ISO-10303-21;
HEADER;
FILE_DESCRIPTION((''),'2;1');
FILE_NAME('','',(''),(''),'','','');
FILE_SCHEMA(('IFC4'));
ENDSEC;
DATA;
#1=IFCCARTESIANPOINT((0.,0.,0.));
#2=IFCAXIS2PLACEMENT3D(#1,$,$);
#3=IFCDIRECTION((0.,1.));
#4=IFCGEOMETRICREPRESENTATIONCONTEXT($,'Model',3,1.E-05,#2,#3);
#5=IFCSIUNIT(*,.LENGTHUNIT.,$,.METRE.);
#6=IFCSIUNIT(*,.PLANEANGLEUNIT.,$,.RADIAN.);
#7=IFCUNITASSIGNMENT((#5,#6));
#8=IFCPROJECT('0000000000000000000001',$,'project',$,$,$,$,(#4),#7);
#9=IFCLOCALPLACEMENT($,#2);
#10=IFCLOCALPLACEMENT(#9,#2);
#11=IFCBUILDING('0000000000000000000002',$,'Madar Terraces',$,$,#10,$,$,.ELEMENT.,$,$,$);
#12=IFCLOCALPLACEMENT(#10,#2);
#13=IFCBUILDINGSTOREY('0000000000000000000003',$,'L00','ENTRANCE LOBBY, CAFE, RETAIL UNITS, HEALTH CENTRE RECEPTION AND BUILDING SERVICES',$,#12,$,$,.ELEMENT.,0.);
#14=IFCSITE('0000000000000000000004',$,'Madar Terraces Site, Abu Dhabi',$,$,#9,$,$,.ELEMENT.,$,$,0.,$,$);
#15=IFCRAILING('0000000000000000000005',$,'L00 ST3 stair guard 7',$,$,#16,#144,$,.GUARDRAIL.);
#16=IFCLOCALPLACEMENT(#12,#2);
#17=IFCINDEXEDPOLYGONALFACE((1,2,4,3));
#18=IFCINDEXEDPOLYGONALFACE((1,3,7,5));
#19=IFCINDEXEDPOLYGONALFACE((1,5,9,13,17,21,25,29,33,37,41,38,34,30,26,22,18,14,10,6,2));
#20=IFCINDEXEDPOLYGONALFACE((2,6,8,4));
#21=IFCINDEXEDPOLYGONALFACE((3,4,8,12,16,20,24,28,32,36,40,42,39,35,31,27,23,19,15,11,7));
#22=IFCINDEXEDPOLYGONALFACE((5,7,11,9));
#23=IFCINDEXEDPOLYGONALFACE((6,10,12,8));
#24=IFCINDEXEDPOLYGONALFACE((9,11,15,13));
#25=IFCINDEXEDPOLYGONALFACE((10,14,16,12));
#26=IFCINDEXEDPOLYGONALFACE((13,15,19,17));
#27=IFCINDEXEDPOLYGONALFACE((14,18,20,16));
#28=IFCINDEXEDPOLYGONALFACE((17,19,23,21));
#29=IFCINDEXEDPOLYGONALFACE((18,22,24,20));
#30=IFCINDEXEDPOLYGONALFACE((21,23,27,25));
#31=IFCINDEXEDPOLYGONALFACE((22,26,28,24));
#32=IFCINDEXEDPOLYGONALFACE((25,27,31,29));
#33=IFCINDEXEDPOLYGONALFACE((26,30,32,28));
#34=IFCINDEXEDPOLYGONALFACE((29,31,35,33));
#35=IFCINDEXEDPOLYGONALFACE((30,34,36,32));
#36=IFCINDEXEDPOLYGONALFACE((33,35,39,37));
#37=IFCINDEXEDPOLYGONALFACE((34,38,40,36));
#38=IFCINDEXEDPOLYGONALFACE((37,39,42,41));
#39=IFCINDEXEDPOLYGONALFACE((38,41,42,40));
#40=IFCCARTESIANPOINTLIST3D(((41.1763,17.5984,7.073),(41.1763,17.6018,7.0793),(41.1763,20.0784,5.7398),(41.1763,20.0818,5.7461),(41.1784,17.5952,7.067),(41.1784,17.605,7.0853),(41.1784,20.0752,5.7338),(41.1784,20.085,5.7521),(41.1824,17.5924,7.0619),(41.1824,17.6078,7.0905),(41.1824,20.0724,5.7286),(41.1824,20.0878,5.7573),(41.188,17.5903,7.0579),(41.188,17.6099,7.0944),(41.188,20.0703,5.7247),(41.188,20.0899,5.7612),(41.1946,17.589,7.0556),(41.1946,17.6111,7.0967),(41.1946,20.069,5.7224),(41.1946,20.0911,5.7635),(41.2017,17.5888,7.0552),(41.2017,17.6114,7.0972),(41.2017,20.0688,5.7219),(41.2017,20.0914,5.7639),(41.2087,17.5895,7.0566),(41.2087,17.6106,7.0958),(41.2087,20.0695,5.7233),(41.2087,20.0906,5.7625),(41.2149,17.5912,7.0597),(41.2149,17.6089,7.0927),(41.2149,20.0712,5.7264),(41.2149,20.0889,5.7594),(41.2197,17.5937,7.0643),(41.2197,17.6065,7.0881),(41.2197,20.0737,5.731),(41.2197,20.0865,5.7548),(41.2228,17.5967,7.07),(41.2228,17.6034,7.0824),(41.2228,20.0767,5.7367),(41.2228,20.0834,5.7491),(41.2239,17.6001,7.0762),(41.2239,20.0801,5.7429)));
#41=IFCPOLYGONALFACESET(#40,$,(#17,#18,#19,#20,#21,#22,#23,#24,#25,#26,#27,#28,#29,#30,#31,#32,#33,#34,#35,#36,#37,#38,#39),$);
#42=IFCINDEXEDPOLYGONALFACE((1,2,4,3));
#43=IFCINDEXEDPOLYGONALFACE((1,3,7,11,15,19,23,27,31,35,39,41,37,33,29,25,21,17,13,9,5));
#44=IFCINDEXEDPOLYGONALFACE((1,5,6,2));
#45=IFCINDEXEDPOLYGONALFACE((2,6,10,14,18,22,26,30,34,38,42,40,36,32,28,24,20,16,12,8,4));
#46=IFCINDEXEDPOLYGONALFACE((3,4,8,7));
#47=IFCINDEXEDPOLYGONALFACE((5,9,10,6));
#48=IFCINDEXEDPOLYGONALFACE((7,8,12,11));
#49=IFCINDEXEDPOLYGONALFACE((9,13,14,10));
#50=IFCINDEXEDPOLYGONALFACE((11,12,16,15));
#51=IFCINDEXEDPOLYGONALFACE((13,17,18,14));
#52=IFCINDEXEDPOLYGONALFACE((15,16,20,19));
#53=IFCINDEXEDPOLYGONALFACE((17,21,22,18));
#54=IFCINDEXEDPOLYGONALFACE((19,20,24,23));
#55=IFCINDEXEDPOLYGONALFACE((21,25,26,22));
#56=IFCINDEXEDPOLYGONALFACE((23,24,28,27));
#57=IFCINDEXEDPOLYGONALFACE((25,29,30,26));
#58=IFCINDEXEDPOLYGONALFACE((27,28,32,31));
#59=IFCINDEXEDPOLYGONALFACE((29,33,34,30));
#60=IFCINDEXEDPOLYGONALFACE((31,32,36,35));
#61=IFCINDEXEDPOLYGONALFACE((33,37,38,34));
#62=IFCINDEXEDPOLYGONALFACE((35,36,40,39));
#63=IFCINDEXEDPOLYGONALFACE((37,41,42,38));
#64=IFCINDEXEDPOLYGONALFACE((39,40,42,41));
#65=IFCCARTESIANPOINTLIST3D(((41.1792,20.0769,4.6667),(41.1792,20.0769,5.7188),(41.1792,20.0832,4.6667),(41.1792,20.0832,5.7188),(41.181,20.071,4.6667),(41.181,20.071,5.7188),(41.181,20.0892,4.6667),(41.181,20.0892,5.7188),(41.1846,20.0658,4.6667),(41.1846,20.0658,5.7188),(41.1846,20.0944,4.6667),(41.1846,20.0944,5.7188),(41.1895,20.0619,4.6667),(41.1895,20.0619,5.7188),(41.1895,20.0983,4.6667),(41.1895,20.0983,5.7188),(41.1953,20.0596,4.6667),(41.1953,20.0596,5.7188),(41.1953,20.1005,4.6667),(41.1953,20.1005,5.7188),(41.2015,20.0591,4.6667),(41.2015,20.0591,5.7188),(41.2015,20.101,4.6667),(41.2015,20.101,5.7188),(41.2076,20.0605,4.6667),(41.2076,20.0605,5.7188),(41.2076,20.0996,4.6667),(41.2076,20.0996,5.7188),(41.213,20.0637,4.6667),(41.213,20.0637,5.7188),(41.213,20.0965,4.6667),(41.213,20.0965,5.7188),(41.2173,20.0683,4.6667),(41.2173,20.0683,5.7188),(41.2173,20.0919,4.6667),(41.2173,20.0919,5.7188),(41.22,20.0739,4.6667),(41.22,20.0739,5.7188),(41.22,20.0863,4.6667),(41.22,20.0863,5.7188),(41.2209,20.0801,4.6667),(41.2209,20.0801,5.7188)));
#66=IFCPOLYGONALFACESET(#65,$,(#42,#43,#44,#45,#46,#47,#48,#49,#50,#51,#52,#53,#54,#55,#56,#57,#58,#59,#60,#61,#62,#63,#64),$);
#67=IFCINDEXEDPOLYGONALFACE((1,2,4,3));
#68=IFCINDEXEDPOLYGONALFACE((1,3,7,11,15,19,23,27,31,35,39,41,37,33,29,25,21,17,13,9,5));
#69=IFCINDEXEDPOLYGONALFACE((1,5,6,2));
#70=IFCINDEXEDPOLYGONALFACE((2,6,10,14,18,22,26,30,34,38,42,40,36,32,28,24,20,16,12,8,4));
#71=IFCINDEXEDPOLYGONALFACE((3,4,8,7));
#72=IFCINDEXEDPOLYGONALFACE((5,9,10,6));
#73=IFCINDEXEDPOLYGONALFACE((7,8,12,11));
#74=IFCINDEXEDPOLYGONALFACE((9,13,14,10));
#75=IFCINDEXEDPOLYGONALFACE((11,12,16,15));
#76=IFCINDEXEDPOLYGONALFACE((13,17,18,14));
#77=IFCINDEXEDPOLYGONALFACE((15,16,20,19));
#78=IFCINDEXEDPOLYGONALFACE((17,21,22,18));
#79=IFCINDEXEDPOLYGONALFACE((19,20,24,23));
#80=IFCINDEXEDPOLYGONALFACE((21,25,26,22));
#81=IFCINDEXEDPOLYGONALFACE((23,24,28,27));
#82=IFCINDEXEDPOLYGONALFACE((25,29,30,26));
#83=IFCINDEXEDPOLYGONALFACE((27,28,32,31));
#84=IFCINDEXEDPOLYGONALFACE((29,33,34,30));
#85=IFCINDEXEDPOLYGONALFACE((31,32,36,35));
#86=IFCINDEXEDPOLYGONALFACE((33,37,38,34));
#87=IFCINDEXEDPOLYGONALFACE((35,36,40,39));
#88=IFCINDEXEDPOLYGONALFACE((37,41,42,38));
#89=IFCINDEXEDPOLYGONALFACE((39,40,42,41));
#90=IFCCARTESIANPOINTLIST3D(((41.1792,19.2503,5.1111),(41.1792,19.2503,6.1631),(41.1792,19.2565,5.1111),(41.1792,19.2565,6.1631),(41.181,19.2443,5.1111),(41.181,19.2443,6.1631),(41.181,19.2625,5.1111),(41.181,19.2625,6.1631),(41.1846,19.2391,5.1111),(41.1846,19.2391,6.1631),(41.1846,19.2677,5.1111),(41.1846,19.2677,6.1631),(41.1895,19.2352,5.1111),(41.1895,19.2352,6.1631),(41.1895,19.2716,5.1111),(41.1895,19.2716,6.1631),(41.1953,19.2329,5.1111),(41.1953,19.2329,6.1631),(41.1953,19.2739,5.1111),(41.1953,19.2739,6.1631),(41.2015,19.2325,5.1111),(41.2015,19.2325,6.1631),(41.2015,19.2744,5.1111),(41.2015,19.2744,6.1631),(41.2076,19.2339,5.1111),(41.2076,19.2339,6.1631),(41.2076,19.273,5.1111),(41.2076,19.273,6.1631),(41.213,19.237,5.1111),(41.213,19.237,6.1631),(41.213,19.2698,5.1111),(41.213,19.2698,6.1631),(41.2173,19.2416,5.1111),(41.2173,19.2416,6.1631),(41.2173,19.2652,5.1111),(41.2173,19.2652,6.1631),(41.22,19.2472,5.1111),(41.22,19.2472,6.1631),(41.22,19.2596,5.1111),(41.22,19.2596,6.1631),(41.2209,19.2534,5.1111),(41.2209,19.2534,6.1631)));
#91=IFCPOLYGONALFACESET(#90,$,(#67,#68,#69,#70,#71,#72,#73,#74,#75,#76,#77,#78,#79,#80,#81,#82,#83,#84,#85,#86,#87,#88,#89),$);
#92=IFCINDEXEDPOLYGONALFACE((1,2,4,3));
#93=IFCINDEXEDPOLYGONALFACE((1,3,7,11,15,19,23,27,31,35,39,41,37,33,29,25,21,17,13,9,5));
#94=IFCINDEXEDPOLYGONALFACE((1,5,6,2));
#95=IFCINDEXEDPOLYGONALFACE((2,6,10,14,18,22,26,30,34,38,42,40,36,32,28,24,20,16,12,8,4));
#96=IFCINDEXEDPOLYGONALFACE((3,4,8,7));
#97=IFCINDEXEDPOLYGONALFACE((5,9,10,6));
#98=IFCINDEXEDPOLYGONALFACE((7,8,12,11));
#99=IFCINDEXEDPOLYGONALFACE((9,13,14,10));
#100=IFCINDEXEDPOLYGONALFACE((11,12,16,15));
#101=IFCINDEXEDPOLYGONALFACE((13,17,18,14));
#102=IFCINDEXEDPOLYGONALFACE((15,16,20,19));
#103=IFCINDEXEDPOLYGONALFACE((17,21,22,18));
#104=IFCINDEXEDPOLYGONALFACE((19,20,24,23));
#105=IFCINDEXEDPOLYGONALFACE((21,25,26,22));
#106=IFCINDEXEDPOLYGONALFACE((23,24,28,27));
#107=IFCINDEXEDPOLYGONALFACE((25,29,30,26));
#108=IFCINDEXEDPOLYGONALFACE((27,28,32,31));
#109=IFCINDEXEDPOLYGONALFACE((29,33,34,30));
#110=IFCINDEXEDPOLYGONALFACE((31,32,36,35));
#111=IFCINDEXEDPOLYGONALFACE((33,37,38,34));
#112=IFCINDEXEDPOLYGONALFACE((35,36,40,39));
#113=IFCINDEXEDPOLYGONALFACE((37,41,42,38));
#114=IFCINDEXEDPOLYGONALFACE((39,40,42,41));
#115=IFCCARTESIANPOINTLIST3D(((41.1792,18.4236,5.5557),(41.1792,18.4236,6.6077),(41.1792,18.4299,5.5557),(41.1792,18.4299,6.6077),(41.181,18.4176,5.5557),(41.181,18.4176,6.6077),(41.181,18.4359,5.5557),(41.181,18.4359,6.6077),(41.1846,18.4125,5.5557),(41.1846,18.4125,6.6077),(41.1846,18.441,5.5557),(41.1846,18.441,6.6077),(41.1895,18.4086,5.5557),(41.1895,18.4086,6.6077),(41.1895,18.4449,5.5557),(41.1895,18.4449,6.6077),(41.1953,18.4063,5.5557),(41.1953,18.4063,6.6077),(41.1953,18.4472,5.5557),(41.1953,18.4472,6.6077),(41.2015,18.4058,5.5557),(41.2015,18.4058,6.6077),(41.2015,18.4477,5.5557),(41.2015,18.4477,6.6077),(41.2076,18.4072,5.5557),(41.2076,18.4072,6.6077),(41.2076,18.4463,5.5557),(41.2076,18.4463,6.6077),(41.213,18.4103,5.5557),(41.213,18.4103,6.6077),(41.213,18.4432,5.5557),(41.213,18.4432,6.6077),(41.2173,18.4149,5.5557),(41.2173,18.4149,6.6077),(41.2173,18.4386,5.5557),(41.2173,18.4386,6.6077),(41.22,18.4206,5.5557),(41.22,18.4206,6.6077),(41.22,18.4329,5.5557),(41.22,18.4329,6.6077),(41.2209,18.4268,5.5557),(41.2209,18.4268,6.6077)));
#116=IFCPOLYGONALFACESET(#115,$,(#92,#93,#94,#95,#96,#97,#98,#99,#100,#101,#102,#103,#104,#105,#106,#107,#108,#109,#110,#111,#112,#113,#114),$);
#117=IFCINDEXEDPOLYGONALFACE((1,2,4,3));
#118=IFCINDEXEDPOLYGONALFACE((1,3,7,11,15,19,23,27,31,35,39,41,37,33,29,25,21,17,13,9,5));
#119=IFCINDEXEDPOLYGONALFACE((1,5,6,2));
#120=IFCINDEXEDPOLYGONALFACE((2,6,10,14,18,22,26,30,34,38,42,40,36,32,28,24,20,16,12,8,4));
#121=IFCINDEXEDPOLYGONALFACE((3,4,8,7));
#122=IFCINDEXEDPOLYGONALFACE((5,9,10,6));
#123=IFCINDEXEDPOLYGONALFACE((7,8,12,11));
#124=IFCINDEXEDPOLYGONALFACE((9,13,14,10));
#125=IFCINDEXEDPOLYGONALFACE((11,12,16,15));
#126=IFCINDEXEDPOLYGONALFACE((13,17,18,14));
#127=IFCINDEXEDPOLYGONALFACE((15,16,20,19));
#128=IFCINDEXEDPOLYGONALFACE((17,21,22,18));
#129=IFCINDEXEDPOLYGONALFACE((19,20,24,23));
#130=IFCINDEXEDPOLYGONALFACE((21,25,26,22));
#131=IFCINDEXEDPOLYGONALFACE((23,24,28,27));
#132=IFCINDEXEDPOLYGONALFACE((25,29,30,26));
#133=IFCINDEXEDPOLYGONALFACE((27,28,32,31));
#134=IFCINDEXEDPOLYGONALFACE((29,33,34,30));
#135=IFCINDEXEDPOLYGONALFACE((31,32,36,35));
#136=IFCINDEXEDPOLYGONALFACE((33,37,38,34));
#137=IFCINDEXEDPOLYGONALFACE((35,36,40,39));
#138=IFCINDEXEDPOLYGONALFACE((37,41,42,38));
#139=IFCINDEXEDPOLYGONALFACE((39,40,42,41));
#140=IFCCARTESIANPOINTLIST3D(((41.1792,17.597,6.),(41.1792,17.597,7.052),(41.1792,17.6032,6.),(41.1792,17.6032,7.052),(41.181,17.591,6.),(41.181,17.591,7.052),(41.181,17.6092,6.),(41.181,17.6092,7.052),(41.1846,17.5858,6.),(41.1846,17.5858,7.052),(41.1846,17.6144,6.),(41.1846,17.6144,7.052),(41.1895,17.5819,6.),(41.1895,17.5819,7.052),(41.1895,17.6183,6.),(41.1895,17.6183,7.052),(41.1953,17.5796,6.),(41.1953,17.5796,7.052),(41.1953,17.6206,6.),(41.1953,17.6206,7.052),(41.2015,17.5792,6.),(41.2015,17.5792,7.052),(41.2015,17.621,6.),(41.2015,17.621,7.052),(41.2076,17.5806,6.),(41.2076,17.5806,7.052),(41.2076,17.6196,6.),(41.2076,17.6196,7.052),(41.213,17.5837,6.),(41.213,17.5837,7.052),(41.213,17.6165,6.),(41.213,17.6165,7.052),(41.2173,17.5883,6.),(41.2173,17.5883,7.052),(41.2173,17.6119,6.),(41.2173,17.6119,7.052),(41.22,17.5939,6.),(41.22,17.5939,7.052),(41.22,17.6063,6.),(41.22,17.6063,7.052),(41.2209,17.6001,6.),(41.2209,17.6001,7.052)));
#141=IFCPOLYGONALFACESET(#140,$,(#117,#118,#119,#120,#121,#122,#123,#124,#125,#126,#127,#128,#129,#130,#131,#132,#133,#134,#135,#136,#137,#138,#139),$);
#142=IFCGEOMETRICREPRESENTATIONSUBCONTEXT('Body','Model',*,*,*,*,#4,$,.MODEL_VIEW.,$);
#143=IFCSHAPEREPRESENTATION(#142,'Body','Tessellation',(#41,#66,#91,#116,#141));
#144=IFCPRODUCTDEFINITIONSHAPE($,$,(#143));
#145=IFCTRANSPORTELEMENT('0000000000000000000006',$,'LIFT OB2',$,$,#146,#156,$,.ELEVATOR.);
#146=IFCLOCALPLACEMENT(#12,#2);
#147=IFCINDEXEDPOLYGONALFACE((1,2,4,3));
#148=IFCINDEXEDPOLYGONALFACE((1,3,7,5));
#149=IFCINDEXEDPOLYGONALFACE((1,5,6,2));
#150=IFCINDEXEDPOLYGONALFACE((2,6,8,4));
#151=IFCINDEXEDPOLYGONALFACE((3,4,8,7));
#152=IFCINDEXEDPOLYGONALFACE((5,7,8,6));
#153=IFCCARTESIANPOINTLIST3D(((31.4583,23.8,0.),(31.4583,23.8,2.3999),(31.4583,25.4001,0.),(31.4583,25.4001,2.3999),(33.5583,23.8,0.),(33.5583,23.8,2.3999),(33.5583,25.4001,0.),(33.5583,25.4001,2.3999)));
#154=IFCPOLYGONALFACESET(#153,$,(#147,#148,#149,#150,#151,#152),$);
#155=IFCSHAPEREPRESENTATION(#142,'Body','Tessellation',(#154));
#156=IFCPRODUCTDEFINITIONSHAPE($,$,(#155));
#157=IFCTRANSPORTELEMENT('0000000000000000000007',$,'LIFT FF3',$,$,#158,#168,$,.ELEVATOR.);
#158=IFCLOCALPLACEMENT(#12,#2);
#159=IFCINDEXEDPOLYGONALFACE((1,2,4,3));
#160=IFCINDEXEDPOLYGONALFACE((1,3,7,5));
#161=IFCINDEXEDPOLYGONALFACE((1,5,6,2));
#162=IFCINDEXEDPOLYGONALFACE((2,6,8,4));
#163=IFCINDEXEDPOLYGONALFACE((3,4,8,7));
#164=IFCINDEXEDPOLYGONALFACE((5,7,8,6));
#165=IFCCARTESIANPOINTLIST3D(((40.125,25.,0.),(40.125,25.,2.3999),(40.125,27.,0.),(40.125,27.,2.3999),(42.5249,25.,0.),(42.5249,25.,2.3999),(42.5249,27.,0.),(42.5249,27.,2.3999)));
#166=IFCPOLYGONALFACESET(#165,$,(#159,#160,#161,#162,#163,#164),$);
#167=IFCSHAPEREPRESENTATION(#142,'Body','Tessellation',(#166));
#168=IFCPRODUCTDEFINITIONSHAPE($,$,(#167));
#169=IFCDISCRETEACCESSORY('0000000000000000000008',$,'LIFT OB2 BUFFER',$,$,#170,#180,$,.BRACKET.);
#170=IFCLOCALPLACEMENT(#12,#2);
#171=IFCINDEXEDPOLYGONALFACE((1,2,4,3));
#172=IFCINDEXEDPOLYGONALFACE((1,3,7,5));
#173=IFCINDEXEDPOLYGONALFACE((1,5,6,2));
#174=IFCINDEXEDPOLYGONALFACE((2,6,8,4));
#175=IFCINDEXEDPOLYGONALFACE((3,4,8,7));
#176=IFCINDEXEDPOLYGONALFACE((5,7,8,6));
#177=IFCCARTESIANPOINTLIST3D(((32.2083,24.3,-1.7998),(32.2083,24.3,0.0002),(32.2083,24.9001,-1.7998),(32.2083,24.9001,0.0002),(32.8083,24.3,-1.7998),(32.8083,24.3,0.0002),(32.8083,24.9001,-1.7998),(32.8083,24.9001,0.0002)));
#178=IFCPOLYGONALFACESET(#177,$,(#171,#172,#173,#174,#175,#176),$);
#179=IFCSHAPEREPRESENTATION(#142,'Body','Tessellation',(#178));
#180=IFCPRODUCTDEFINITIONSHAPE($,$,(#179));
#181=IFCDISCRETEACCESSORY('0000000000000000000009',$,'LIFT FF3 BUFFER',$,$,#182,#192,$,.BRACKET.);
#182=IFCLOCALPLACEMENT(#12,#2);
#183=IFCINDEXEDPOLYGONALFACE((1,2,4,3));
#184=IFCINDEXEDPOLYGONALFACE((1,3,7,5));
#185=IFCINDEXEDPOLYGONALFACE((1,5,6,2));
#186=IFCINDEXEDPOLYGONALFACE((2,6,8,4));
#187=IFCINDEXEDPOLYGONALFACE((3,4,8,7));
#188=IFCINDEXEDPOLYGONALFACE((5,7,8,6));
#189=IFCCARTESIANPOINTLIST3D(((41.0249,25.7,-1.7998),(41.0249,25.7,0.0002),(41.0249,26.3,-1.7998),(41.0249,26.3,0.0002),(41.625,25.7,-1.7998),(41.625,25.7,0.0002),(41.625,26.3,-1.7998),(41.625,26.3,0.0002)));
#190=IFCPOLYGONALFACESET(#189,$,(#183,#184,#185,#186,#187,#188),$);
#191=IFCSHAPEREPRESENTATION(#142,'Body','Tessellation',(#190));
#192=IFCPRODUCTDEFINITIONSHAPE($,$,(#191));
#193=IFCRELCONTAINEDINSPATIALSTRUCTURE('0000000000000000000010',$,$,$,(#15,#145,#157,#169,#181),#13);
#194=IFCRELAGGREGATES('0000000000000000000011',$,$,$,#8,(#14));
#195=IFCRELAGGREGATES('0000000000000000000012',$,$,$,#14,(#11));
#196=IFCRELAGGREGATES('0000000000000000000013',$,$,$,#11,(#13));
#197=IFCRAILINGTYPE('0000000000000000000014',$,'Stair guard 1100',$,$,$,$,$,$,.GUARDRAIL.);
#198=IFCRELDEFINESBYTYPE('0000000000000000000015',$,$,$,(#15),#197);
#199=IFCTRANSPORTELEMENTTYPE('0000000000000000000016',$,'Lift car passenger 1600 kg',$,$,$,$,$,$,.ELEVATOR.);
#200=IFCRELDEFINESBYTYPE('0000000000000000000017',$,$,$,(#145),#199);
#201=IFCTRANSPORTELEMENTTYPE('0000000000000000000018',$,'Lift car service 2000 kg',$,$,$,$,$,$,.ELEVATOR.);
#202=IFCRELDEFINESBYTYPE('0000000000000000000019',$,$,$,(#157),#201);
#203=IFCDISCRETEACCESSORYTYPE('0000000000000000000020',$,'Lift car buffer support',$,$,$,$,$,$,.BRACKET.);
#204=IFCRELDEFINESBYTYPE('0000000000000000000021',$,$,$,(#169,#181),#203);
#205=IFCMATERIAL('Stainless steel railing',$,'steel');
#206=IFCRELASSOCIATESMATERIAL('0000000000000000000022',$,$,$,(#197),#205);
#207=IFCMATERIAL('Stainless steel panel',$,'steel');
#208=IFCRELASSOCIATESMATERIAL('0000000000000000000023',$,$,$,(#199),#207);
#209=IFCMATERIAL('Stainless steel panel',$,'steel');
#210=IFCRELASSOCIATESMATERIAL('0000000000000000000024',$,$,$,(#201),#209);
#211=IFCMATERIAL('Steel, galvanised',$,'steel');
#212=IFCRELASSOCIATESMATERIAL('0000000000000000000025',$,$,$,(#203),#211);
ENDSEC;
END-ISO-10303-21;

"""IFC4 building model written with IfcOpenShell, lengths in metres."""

from ifc_helpers import new_model, si_unit, direction, frame, origin, origin_2d, place, context, subcontext, project, spatial, rectangle, circle, extrude, material, type_object, element, save


model = new_model("IFC4")

# Units and contexts
model_context = context("Model", 3, precision=1e-05, world=origin(), true_north=direction((0.0, 1.0)))
body_context = subcontext(model_context, "Body", "Model", "MODEL_VIEW")
ifc_project = project(units=[si_unit("LENGTHUNIT", "METRE"), si_unit("PLANEANGLEUNIT", "RADIAN")], contexts=[model_context])

# Site, building, storey
site_placement = place(None, origin())
site = spatial("IfcSite", under=ifc_project, at=site_placement, Name="Madar Terraces Site, Abu Dhabi", CompositionType="ELEMENT", RefElevation=0.0)
building_placement = place(site_placement, origin())
building = spatial("IfcBuilding", under=site, at=building_placement, Name="Madar Terraces", CompositionType="ELEMENT")
storey_placement = place(building_placement, origin())
storey = spatial("IfcBuildingStorey", under=building, at=storey_placement, Name="L00", Description="ENTRANCE LOBBY, CAFE, RETAIL UNITS, HEALTH CENTRE RECEPTION AND BUILDING SERVICES", CompositionType="ELEMENT", Elevation=0.0)

# Railing
ifc_material_1 = material(Name="Stainless steel railing", Category="steel")
railing_type = type_object("IfcRailingType", Name="Stair guard 1100", PredefinedType="GUARDRAIL", material=ifc_material_1)
railing_1_placement = place(storey_placement, frame((41.2, 20.0801, 4.6667)))
element("IfcRailing", 1, at=railing_1_placement, inside=storey, type_object=railing_type, Name="L00 ST3 stair guard 7", PredefinedType="GUARDRAIL", context=body_context, shape_type="SweptSolid", body=[
    extrude(circle(Radius=0.0239, at=origin_2d()), frame((0.0, 0.0, 1.0762), z_axis=(0.0, -0.880786, 0.473515), x_axis=(1.0, 0.0, 0.0)), (0.0, 0.0, 1.0), 2.8157),
    extrude(circle(Radius=0.021, at=origin_2d()), origin(), (0.0, 0.0, 1.0), 1.052),
    extrude(circle(Radius=0.021, at=origin_2d()), frame((0.0, -0.8267, 0.4443)), (0.0, 0.0, 1.0), 1.052),
    extrude(circle(Radius=0.021, at=origin_2d()), frame((0.0, -1.6533, 0.8889)), (0.0, 0.0, 1.0), 1.052),
    extrude(circle(Radius=0.021, at=origin_2d()), frame((0.0, -2.48, 1.3333)), (0.0, 0.0, 1.0), 1.052),
])

# Transport elements
ifc_material_2 = material(Name="Stainless steel panel", Category="steel")
transport_element_type_1 = type_object("IfcTransportElementType", Name="Lift car passenger 1600 kg", PredefinedType="ELEVATOR", material=ifc_material_2)
transport_element_1_placement = place(storey_placement, frame((32.5083, 24.6001, 0.0), z_axis=(0.0, 0.0, 1.0), x_axis=(1.0, 0.0, 0.0)))
element("IfcTransportElement", 2, at=transport_element_1_placement, inside=storey, type_object=transport_element_type_1, Name="LIFT OB2", PredefinedType="ELEVATOR", context=body_context, shape_type="SweptSolid", body=[
    extrude(rectangle(XDim=2.1001, YDim=1.6001, at=origin_2d()), origin(), (0.0, 0.0, 1.0), 2.3999),
])
ifc_material_3 = material(Name="Stainless steel panel", Category="steel")
transport_element_type_2 = type_object("IfcTransportElementType", Name="Lift car service 2000 kg", PredefinedType="ELEVATOR", material=ifc_material_3)
transport_element_2_placement = place(storey_placement, frame((41.325, 26.0, 0.0), z_axis=(0.0, 0.0, 1.0), x_axis=(1.0, 0.0, 0.0)))
element("IfcTransportElement", 3, at=transport_element_2_placement, inside=storey, type_object=transport_element_type_2, Name="LIFT FF3", PredefinedType="ELEVATOR", context=body_context, shape_type="SweptSolid", body=[
    extrude(rectangle(XDim=2.3999, YDim=2.0, at=origin_2d()), origin(), (0.0, 0.0, 1.0), 2.3999),
])

# Discrete accessories
ifc_material_4 = material(Name="Steel, galvanised", Category="steel")
discrete_accessory_type = type_object("IfcDiscreteAccessoryType", Name="Lift car buffer support", PredefinedType="BRACKET", material=ifc_material_4)
for number, where, z_axis, x_axis, name in (
    (4, (32.5083, 24.6001, -1.7998), (0.0, 0.0, 1.0), (1.0, 0.0, 0.0), "LIFT OB2 BUFFER"),
    (5, (41.325, 26.0, -1.7998), (0.0, 0.0, 1.0), (1.0, 0.0, 0.0), "LIFT FF3 BUFFER"),
):
    element("IfcDiscreteAccessory", number, at=place(storey_placement, frame(where, z_axis=z_axis, x_axis=x_axis)), inside=storey, type_object=discrete_accessory_type, Name=name, PredefinedType="BRACKET", context=body_context, shape_type="SweptSolid", body=[
        extrude(rectangle(XDim=0.6001, YDim=0.6001, at=origin_2d()), origin(), (0.0, 0.0, 1.0), 1.8),
    ])

save(model, "model.ifc")
